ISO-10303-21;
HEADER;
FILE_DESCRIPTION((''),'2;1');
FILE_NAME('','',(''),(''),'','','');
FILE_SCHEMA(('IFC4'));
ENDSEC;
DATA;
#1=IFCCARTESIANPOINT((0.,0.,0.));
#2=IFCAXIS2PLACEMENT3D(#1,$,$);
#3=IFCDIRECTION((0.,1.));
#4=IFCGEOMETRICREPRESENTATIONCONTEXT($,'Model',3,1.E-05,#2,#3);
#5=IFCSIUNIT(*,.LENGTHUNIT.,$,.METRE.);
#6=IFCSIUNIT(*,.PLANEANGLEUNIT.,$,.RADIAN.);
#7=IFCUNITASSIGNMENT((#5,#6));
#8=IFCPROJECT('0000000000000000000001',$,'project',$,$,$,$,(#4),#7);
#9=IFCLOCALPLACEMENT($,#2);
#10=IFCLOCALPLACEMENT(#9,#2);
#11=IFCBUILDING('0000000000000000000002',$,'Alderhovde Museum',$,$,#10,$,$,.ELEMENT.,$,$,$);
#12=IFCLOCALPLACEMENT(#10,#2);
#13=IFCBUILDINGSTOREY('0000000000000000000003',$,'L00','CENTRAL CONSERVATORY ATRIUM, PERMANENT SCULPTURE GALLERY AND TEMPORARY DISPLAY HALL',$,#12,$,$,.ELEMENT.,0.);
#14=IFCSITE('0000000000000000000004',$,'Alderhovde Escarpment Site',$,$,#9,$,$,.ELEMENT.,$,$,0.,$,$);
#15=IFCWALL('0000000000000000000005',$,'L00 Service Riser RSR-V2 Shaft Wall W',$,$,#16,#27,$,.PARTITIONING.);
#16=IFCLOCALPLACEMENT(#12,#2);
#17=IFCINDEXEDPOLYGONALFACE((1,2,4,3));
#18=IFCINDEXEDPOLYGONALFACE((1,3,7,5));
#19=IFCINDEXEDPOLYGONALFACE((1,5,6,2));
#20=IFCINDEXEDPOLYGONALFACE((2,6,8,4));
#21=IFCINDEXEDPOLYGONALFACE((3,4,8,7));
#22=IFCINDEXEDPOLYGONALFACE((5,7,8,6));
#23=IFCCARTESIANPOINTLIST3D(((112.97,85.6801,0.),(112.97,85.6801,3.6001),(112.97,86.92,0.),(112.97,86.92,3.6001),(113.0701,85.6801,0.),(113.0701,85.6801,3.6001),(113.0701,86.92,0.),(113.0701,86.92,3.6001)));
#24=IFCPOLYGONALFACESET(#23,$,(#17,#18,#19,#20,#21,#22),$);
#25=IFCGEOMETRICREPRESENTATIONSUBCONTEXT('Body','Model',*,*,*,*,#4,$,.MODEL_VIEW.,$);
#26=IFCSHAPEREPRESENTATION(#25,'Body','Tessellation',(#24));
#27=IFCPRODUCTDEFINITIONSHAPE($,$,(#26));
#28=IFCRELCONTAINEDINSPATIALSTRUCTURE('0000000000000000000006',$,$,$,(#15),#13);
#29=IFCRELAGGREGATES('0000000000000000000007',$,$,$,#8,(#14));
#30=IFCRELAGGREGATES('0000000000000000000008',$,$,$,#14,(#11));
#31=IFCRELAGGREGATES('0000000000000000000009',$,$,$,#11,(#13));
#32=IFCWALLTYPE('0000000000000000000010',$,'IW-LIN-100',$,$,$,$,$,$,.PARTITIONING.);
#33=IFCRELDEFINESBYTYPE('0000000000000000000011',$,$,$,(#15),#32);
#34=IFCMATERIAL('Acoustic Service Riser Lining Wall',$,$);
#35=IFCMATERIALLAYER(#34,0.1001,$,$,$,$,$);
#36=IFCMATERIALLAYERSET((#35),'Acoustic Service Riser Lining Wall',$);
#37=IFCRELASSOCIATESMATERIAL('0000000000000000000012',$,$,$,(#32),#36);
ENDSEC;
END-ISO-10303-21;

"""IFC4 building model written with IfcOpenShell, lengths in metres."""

from ifc_helpers import new_model, si_unit, direction, frame, frame_2d, origin, place, context, subcontext, project, spatial, rectangle, extrude, material, layer, layer_set, type_object, element, save


model = new_model("IFC4")

# Units and contexts
model_context = context("Model", 3, precision=1e-05, world=origin(), true_north=direction((0.0, 1.0)))
body_context = subcontext(model_context, "Body", "Model", "MODEL_VIEW")
ifc_project = project(units=[si_unit("LENGTHUNIT", "METRE"), si_unit("PLANEANGLEUNIT", "RADIAN")], contexts=[model_context])

# Site, building, storey
site_placement = place(None, origin())
site = spatial("IfcSite", under=ifc_project, at=site_placement, Name="Alderhovde Escarpment Site", CompositionType="ELEMENT", RefElevation=0.0)
building_placement = place(site_placement, origin())
building = spatial("IfcBuilding", under=site, at=building_placement, Name="Alderhovde Museum", CompositionType="ELEMENT")
storey_placement = place(building_placement, origin())
storey = spatial("IfcBuildingStorey", under=building, at=storey_placement, Name="L00", Description="CENTRAL CONSERVATORY ATRIUM, PERMANENT SCULPTURE GALLERY AND TEMPORARY DISPLAY HALL", CompositionType="ELEMENT", Elevation=0.0)

# Wall
ifc_material_1 = material(Name="Acoustic Service Riser Lining Wall")
ifc_layer_1 = layer(ifc_material_1, 0.1001)
ifc_layer_set_1 = layer_set([ifc_layer_1], Name="Acoustic Service Riser Lining Wall")
wall_type = type_object("IfcWallType", Name="IW-LIN-100", PredefinedType="PARTITIONING", material=ifc_layer_set_1)
for number, where, z_axis, x_axis, name in (
    (1, (113.02, 85.6799, 0.0), (0.0, 0.0, 1.0), (0.0, 1.0, 0.0), "L00 Service Riser RSR-V2 Shaft Wall W"),
):
    element("IfcWall", number, at=place(storey_placement, frame(where, z_axis=z_axis, x_axis=x_axis)), inside=storey, type_object=wall_type, Name=name, PredefinedType="PARTITIONING", context=body_context, shape_type="SweptSolid", body=[
        extrude(rectangle(XDim=1.24, YDim=0.1001, at=frame_2d((0.6201, 0.0))), origin(), (0.0, 0.0, 1.0), 3.6001),
    ])

save(model, "model.ifc")
